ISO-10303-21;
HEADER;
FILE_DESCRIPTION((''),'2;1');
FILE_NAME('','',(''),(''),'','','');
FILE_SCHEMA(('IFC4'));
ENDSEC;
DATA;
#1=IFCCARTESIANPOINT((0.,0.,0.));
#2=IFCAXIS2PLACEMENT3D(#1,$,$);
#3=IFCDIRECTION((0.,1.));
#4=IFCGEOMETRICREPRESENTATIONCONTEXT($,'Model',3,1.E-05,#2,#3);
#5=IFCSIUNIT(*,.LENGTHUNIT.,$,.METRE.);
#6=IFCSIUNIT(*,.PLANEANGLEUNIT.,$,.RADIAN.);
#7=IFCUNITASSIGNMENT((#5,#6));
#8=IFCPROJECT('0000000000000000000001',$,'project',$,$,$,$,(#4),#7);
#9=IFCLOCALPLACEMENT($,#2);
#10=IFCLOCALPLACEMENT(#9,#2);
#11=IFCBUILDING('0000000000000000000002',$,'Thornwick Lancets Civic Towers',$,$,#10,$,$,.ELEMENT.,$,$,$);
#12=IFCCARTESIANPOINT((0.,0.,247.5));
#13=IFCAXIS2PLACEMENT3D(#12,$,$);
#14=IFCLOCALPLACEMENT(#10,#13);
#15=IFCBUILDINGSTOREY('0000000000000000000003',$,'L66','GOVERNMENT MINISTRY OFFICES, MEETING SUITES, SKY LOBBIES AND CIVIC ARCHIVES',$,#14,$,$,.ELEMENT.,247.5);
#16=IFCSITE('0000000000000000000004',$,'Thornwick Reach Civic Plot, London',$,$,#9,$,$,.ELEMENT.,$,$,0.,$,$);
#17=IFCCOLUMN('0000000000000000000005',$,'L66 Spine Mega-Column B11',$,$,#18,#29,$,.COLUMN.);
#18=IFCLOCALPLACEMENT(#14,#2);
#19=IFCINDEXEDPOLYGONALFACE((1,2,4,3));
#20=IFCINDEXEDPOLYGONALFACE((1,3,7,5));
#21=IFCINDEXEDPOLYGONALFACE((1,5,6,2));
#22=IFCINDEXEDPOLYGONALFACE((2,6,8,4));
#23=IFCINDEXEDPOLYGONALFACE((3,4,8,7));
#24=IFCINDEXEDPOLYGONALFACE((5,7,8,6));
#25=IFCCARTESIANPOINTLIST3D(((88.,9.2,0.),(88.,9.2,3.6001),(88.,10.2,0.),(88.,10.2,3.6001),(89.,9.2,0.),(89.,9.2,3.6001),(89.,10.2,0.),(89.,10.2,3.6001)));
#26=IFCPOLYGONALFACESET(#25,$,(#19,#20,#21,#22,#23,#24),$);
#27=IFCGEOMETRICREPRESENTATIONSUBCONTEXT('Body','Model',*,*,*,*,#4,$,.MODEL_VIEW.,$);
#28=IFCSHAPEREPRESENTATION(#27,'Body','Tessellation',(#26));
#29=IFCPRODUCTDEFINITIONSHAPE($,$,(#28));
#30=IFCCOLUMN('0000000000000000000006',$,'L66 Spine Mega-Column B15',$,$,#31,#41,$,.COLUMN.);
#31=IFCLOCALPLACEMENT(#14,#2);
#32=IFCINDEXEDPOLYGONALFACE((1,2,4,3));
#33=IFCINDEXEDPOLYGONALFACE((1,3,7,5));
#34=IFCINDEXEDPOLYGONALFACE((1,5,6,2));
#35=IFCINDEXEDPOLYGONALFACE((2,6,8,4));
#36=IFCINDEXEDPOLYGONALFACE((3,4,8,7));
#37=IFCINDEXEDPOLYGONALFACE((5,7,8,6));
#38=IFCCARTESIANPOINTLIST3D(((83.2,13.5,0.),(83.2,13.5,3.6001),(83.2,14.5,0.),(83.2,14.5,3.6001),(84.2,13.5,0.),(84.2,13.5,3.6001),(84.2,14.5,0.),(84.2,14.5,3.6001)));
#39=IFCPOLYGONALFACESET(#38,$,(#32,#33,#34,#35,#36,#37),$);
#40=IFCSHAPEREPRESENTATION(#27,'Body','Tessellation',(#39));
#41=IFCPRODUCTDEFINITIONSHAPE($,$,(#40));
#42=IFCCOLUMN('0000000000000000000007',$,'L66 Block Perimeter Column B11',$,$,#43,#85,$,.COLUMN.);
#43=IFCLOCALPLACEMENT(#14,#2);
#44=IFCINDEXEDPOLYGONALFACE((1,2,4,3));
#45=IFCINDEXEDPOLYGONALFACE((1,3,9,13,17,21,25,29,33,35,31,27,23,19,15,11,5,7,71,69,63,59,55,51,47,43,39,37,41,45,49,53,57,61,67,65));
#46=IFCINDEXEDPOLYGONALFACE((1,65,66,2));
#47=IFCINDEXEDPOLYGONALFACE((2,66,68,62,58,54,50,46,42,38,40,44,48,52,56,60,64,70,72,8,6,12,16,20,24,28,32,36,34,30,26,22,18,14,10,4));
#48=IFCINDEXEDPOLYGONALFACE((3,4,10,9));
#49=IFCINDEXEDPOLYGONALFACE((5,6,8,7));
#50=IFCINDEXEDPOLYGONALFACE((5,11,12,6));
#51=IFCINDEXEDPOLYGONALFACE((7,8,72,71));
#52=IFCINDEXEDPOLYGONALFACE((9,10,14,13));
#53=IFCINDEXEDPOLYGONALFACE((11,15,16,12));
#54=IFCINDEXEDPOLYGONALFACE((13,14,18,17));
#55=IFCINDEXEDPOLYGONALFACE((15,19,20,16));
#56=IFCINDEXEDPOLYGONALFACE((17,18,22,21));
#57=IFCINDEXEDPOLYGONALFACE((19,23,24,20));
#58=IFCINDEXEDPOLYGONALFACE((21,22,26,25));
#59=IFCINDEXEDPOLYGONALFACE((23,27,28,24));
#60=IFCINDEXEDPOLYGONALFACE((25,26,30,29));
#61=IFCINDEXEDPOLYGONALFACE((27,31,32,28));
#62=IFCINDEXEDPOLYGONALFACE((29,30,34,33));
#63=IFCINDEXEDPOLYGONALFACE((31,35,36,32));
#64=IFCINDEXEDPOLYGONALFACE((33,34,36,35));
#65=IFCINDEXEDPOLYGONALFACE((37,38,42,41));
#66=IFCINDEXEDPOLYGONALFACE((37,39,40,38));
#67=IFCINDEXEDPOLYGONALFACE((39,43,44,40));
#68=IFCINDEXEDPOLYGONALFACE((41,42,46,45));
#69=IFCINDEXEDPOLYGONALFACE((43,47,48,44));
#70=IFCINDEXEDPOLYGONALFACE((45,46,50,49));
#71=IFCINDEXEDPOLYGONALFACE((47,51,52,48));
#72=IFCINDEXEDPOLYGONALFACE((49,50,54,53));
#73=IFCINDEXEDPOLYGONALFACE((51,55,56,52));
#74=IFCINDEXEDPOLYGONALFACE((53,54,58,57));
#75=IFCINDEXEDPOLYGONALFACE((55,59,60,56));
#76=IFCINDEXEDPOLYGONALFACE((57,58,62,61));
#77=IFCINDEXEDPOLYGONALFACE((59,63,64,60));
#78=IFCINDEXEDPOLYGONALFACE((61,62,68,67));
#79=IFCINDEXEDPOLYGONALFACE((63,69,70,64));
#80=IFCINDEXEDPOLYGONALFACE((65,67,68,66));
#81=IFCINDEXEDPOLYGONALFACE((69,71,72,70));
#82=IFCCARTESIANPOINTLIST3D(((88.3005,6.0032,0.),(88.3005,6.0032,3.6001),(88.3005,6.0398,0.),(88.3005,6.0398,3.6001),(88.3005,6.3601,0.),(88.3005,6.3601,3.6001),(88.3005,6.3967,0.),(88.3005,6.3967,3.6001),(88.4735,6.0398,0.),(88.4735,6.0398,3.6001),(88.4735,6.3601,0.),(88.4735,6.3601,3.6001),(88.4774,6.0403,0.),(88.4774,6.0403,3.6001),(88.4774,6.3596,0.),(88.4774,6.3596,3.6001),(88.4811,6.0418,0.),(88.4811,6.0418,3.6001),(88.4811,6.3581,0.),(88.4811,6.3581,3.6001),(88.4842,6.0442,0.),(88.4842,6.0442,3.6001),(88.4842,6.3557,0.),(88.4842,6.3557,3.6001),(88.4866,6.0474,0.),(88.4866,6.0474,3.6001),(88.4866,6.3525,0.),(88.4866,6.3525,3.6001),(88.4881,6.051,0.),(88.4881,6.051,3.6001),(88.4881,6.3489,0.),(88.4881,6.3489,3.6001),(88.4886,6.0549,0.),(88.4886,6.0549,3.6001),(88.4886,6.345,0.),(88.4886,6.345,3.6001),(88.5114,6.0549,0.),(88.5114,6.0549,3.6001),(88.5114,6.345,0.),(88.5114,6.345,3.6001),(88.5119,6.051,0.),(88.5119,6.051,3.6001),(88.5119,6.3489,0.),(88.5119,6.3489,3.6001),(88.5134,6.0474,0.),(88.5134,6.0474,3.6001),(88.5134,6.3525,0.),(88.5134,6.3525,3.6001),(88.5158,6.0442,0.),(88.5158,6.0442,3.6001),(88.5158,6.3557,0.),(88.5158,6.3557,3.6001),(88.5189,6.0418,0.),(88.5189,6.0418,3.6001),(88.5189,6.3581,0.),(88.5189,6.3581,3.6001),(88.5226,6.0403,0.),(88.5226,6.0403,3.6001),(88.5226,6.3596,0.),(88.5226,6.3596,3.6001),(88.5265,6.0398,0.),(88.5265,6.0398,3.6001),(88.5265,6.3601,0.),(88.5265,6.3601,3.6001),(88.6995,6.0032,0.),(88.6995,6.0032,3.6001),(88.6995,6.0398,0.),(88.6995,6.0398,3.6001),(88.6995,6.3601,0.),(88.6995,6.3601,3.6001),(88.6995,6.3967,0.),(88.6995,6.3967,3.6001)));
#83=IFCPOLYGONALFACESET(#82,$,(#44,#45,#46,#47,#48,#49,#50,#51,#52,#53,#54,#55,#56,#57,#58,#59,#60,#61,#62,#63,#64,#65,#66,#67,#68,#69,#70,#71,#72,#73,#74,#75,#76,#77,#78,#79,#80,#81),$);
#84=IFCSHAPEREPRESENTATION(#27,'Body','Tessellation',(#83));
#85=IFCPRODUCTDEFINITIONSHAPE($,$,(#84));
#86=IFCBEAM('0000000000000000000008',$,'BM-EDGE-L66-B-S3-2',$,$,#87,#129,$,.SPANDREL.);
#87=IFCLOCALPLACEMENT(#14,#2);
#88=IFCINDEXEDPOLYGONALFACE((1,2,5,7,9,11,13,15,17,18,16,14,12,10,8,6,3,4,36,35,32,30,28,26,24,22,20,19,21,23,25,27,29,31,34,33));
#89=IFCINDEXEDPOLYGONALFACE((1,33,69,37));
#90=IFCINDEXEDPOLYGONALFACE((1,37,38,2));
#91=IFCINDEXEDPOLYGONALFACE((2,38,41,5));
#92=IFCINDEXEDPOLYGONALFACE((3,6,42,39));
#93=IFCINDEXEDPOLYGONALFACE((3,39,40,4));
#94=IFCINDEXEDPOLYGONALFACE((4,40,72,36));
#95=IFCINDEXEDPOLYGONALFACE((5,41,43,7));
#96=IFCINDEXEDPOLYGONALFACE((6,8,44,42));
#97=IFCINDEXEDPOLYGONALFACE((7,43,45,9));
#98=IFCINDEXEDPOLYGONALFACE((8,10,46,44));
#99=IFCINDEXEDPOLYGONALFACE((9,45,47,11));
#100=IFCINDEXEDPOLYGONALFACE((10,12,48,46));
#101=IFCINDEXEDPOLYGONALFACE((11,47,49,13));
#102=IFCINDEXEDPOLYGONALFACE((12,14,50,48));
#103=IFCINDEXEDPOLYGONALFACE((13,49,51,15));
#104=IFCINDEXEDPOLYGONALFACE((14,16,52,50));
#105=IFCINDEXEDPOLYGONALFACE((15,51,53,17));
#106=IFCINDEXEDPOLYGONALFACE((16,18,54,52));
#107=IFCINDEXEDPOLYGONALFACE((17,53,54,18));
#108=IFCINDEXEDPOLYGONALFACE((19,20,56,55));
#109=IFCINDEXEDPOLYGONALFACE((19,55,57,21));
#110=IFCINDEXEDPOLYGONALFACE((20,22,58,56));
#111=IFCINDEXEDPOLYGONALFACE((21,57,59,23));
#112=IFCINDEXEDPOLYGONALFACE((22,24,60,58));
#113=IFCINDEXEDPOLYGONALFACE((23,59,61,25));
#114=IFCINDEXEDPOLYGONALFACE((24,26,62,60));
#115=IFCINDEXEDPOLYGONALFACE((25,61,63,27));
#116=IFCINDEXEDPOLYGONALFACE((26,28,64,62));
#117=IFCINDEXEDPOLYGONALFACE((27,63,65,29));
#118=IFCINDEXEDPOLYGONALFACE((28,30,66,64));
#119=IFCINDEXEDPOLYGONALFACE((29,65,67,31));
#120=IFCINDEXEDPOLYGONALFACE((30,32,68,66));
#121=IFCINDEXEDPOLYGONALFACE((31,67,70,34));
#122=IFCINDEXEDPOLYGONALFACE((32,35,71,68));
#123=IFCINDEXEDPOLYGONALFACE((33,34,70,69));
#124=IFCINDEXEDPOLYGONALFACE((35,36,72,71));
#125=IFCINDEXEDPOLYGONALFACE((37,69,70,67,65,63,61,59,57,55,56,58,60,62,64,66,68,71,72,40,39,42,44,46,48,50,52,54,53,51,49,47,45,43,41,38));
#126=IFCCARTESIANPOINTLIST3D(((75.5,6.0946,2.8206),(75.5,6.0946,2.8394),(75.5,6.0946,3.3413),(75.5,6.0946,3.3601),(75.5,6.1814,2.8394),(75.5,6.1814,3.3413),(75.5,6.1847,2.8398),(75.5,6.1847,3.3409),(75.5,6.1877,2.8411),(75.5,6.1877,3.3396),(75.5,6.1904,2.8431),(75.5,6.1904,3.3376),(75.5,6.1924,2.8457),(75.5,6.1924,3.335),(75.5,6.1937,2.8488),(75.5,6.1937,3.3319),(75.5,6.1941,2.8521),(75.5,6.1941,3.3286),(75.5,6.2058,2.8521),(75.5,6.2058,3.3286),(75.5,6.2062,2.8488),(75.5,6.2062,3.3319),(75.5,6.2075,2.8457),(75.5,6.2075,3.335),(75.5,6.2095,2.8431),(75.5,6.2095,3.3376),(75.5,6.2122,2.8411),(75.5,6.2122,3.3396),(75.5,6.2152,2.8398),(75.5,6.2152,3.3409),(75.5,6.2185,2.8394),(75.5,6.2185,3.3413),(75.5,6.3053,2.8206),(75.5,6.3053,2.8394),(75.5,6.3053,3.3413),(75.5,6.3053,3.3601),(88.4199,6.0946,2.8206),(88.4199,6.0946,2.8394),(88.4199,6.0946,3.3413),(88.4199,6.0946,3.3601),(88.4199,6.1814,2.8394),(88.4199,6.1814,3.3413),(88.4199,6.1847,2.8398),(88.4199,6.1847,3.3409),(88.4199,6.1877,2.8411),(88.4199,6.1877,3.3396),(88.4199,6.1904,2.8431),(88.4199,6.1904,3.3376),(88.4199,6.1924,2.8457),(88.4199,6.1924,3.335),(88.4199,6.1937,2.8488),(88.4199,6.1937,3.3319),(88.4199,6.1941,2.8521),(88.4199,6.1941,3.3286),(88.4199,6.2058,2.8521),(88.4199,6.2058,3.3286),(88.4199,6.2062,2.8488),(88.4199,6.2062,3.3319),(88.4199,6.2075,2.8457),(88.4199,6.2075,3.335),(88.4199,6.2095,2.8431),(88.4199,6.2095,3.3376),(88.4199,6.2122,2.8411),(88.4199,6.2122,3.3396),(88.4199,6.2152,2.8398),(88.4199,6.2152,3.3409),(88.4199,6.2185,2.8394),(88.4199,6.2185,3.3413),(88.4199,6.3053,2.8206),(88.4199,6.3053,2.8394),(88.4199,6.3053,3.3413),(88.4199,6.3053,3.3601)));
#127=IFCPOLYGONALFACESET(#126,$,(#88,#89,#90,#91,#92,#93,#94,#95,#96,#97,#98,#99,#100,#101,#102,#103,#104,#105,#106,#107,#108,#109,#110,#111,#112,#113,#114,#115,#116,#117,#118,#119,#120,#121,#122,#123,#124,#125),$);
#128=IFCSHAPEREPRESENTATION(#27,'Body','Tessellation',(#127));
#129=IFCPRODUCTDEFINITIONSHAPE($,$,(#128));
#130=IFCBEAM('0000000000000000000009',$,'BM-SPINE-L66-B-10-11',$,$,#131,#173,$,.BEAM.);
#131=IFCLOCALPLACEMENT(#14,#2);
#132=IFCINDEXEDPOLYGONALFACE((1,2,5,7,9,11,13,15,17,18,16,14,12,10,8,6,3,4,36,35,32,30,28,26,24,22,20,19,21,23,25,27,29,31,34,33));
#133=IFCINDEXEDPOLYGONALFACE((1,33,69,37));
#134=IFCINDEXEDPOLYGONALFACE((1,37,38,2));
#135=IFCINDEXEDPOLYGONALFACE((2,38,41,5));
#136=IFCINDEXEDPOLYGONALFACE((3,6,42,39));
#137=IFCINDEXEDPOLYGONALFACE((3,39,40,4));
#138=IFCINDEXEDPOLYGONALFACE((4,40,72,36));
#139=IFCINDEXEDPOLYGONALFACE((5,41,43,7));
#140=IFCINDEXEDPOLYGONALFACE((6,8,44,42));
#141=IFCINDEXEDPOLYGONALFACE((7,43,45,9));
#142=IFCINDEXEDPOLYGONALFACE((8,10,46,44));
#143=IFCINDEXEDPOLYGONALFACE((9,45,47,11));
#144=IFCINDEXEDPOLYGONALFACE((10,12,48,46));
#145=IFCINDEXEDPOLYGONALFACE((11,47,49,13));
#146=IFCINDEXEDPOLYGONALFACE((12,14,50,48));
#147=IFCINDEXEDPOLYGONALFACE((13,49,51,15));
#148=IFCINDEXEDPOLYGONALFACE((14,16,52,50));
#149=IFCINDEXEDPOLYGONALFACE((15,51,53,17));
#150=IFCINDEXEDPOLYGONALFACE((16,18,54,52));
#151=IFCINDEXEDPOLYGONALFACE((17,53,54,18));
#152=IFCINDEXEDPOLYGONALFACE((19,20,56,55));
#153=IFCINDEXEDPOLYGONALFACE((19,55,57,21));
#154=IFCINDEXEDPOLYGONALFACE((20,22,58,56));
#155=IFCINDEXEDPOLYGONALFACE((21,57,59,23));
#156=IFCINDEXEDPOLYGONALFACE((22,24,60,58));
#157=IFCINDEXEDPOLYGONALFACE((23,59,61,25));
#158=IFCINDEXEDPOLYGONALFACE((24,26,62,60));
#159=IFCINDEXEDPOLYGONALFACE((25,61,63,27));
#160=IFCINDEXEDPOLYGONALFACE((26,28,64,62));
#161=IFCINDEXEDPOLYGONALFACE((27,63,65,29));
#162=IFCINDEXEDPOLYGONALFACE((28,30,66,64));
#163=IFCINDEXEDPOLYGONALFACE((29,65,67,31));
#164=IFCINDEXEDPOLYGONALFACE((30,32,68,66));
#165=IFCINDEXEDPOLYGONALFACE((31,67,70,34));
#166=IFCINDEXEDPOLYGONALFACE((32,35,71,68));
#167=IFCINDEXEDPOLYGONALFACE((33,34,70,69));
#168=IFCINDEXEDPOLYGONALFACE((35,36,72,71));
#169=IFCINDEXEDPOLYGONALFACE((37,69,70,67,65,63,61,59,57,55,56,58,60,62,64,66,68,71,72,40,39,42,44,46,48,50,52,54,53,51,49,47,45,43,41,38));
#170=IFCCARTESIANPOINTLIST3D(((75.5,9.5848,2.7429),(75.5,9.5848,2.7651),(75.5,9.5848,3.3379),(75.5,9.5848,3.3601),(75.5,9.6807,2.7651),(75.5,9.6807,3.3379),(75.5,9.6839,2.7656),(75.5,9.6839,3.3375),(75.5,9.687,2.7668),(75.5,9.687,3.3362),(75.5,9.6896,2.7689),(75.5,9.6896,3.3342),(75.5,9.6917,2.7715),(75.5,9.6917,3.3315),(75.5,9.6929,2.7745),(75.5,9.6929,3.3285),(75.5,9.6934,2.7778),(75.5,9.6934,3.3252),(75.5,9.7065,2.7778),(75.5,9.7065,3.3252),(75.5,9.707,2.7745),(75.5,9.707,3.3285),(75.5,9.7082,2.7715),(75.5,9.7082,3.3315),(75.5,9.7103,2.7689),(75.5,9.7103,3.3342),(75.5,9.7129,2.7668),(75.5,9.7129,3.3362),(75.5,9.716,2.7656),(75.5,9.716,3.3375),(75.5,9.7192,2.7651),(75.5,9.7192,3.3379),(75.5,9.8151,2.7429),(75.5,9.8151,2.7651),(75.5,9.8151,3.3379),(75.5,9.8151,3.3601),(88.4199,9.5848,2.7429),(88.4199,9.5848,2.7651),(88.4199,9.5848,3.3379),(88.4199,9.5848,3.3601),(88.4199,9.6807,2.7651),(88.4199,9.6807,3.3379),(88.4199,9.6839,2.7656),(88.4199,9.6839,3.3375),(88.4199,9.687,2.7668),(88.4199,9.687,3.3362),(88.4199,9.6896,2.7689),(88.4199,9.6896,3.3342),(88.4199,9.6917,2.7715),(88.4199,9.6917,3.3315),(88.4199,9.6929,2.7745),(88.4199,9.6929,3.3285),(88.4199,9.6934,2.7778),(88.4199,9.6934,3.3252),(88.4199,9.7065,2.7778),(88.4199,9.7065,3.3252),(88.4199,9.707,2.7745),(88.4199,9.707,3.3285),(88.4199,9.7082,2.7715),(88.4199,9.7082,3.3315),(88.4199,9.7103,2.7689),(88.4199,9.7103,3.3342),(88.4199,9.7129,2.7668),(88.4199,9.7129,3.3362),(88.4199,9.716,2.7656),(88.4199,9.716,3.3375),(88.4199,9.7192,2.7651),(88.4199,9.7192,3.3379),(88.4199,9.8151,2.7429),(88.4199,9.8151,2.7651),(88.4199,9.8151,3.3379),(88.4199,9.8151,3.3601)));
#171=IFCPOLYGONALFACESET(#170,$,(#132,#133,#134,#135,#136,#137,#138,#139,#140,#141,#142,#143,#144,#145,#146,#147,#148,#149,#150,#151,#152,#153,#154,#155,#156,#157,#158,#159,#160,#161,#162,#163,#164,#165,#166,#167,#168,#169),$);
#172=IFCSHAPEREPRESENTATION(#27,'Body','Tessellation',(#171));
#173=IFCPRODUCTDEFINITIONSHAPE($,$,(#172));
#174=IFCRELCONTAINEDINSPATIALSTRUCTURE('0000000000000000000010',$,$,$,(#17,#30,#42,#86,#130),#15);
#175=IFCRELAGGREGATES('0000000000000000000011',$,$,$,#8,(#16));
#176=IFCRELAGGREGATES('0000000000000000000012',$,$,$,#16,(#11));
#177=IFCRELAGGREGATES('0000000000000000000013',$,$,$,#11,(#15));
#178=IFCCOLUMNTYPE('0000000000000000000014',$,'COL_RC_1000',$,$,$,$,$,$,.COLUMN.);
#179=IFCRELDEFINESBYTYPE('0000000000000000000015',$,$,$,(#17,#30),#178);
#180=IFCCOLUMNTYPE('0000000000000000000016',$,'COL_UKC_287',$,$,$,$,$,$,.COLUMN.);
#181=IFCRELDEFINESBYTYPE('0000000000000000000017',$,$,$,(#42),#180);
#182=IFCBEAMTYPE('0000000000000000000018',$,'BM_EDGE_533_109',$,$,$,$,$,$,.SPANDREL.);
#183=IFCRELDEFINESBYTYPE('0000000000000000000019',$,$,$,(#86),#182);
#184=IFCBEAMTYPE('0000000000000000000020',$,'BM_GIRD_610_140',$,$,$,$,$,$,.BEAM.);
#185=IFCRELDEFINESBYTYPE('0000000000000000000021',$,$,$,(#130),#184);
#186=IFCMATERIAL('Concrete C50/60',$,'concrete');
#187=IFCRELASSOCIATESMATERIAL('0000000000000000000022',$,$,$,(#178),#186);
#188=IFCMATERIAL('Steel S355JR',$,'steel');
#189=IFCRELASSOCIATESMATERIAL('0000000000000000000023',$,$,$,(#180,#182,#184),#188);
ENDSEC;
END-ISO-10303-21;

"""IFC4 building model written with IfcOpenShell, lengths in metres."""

from ifc_helpers import new_model, si_unit, direction, frame, origin, origin_2d, place, context, subcontext, project, spatial, rectangle, i_section, extrude, material, material_profile, profile_set, type_object, element, save


model = new_model("IFC4")

# Units and contexts
model_context = context("Model", 3, precision=1e-05, world=origin(), true_north=direction((0.0, 1.0)))
body_context = subcontext(model_context, "Body", "Model", "MODEL_VIEW")
ifc_project = project(units=[si_unit("LENGTHUNIT", "METRE"), si_unit("PLANEANGLEUNIT", "RADIAN")], contexts=[model_context])

# Site, building, storey
site_placement = place(None, origin())
site = spatial("IfcSite", under=ifc_project, at=site_placement, Name="Thornwick Reach Civic Plot, London", CompositionType="ELEMENT", RefElevation=0.0)
building_placement = place(site_placement, origin())
building = spatial("IfcBuilding", under=site, at=building_placement, Name="Thornwick Lancets Civic Towers", CompositionType="ELEMENT")
storey_placement = place(building_placement, frame((0.0, 0.0, 247.5)))
storey = spatial("IfcBuildingStorey", under=building, at=storey_placement, Name="L66", Description="GOVERNMENT MINISTRY OFFICES, MEETING SUITES, SKY LOBBIES AND CIVIC ARCHIVES", CompositionType="ELEMENT", Elevation=247.5)

# Columns
ifc_material_1 = material(Name="Concrete C50/60", Category="concrete")
ifc_material_profile_1 = material_profile(ifc_material_1, rectangle(XDim=1.0, YDim=1.0, at=origin_2d()), Name="RC 1000x1000")
ifc_profile_set_1 = profile_set([ifc_material_profile_1], Name="Concrete C50/60")
column_type_1 = type_object("IfcColumnType", Name="COL_RC_1000", PredefinedType="COLUMN", material=ifc_profile_set_1)
for number, where, z_axis, x_axis, name in (
    (1, (88.5, 9.7, 0.0), (0.0, 0.0, 1.0), (1.0, 0.0, 0.0), "L66 Spine Mega-Column B11"),
    (2, (83.7, 14.0, 0.0), (0.0, 0.0, 1.0), (1.0, 0.0, 0.0), "L66 Spine Mega-Column B15"),
):
    element("IfcColumn", number, at=place(storey_placement, frame(where, z_axis=z_axis, x_axis=x_axis)), inside=storey, type_object=column_type_1, Name=name, PredefinedType="COLUMN", context=body_context, shape_type="SweptSolid", body=[
        extrude(rectangle(XDim=1.0, YDim=1.0, at=origin_2d()), origin(), (0.0, 0.0, 1.0), 3.6001),
    ])
ifc_material_2 = material(Name="Steel S355JR", Category="steel")
ifc_material_profile_2 = material_profile(ifc_material_2, i_section(OverallWidth=0.3989, OverallDepth=0.3936, WebThickness=0.0227, FlangeThickness=0.0366, FilletRadius=0.0151, at=origin_2d()), Name="UKC 356x406x287")
ifc_profile_set_2 = profile_set([ifc_material_profile_2], Name="Steel S355JR")
column_type_2 = type_object("IfcColumnType", Name="COL_UKC_287", PredefinedType="COLUMN", material=ifc_profile_set_2)
column_placement = place(storey_placement, frame((88.5, 6.2, 0.0), z_axis=(0.0, 0.0, 1.0), x_axis=(1.0, 0.0, 0.0)))
element("IfcColumn", 3, at=column_placement, inside=storey, type_object=column_type_2, Name="L66 Block Perimeter Column B11", PredefinedType="COLUMN", context=body_context, shape_type="SweptSolid", body=[
    extrude(i_section(OverallWidth=0.3989, OverallDepth=0.3936, WebThickness=0.0227, FlangeThickness=0.0366, FilletRadius=0.0151, at=origin_2d()), origin(), (0.0, 0.0, 1.0), 3.6001),
])

# Beams
ifc_material_profile_3 = material_profile(ifc_material_2, i_section(OverallWidth=0.2107, OverallDepth=0.5396, WebThickness=0.0117, FlangeThickness=0.0188, FilletRadius=0.0127, at=origin_2d()), Name="UKB 533x210x109")
ifc_profile_set_3 = profile_set([ifc_material_profile_3], Name="Steel S355JR")
beam_type_1 = type_object("IfcBeamType", Name="BM_EDGE_533_109", PredefinedType="SPANDREL", material=ifc_profile_set_3)
beam_1_placement = place(storey_placement, frame((88.4199, 6.2, 3.0903), z_axis=(-1.0, 0.0, 0.0), x_axis=(0.0, -1.0, 0.0)))
element("IfcBeam", 4, at=beam_1_placement, inside=storey, type_object=beam_type_1, Name="BM-EDGE-L66-B-S3-2", PredefinedType="SPANDREL", context=body_context, shape_type="SweptSolid", body=[
    extrude(i_section(OverallWidth=0.2107, OverallDepth=0.5396, WebThickness=0.0117, FlangeThickness=0.0188, FilletRadius=0.0127, at=origin_2d()), origin(), (0.0, 0.0, 1.0), 12.9199),
])
ifc_material_profile_4 = material_profile(ifc_material_2, i_section(OverallWidth=0.2302, OverallDepth=0.6172, WebThickness=0.0132, FlangeThickness=0.0222, FilletRadius=0.0127, at=origin_2d()), Name="UKB 610x229x140")
ifc_profile_set_4 = profile_set([ifc_material_profile_4], Name="Steel S355JR")
beam_type_2 = type_object("IfcBeamType", Name="BM_GIRD_610_140", PredefinedType="BEAM", material=ifc_profile_set_4)
beam_2_placement = place(storey_placement, frame((88.4199, 9.7, 3.0515), z_axis=(-1.0, 0.0, 0.0), x_axis=(0.0, -1.0, 0.0)))
element("IfcBeam", 5, at=beam_2_placement, inside=storey, type_object=beam_type_2, Name="BM-SPINE-L66-B-10-11", PredefinedType="BEAM", context=body_context, shape_type="SweptSolid", body=[
    extrude(i_section(OverallWidth=0.2302, OverallDepth=0.6172, WebThickness=0.0132, FlangeThickness=0.0222, FilletRadius=0.0127, at=origin_2d()), origin(), (0.0, 0.0, 1.0), 12.9199),
])

save(model, "model.ifc")
